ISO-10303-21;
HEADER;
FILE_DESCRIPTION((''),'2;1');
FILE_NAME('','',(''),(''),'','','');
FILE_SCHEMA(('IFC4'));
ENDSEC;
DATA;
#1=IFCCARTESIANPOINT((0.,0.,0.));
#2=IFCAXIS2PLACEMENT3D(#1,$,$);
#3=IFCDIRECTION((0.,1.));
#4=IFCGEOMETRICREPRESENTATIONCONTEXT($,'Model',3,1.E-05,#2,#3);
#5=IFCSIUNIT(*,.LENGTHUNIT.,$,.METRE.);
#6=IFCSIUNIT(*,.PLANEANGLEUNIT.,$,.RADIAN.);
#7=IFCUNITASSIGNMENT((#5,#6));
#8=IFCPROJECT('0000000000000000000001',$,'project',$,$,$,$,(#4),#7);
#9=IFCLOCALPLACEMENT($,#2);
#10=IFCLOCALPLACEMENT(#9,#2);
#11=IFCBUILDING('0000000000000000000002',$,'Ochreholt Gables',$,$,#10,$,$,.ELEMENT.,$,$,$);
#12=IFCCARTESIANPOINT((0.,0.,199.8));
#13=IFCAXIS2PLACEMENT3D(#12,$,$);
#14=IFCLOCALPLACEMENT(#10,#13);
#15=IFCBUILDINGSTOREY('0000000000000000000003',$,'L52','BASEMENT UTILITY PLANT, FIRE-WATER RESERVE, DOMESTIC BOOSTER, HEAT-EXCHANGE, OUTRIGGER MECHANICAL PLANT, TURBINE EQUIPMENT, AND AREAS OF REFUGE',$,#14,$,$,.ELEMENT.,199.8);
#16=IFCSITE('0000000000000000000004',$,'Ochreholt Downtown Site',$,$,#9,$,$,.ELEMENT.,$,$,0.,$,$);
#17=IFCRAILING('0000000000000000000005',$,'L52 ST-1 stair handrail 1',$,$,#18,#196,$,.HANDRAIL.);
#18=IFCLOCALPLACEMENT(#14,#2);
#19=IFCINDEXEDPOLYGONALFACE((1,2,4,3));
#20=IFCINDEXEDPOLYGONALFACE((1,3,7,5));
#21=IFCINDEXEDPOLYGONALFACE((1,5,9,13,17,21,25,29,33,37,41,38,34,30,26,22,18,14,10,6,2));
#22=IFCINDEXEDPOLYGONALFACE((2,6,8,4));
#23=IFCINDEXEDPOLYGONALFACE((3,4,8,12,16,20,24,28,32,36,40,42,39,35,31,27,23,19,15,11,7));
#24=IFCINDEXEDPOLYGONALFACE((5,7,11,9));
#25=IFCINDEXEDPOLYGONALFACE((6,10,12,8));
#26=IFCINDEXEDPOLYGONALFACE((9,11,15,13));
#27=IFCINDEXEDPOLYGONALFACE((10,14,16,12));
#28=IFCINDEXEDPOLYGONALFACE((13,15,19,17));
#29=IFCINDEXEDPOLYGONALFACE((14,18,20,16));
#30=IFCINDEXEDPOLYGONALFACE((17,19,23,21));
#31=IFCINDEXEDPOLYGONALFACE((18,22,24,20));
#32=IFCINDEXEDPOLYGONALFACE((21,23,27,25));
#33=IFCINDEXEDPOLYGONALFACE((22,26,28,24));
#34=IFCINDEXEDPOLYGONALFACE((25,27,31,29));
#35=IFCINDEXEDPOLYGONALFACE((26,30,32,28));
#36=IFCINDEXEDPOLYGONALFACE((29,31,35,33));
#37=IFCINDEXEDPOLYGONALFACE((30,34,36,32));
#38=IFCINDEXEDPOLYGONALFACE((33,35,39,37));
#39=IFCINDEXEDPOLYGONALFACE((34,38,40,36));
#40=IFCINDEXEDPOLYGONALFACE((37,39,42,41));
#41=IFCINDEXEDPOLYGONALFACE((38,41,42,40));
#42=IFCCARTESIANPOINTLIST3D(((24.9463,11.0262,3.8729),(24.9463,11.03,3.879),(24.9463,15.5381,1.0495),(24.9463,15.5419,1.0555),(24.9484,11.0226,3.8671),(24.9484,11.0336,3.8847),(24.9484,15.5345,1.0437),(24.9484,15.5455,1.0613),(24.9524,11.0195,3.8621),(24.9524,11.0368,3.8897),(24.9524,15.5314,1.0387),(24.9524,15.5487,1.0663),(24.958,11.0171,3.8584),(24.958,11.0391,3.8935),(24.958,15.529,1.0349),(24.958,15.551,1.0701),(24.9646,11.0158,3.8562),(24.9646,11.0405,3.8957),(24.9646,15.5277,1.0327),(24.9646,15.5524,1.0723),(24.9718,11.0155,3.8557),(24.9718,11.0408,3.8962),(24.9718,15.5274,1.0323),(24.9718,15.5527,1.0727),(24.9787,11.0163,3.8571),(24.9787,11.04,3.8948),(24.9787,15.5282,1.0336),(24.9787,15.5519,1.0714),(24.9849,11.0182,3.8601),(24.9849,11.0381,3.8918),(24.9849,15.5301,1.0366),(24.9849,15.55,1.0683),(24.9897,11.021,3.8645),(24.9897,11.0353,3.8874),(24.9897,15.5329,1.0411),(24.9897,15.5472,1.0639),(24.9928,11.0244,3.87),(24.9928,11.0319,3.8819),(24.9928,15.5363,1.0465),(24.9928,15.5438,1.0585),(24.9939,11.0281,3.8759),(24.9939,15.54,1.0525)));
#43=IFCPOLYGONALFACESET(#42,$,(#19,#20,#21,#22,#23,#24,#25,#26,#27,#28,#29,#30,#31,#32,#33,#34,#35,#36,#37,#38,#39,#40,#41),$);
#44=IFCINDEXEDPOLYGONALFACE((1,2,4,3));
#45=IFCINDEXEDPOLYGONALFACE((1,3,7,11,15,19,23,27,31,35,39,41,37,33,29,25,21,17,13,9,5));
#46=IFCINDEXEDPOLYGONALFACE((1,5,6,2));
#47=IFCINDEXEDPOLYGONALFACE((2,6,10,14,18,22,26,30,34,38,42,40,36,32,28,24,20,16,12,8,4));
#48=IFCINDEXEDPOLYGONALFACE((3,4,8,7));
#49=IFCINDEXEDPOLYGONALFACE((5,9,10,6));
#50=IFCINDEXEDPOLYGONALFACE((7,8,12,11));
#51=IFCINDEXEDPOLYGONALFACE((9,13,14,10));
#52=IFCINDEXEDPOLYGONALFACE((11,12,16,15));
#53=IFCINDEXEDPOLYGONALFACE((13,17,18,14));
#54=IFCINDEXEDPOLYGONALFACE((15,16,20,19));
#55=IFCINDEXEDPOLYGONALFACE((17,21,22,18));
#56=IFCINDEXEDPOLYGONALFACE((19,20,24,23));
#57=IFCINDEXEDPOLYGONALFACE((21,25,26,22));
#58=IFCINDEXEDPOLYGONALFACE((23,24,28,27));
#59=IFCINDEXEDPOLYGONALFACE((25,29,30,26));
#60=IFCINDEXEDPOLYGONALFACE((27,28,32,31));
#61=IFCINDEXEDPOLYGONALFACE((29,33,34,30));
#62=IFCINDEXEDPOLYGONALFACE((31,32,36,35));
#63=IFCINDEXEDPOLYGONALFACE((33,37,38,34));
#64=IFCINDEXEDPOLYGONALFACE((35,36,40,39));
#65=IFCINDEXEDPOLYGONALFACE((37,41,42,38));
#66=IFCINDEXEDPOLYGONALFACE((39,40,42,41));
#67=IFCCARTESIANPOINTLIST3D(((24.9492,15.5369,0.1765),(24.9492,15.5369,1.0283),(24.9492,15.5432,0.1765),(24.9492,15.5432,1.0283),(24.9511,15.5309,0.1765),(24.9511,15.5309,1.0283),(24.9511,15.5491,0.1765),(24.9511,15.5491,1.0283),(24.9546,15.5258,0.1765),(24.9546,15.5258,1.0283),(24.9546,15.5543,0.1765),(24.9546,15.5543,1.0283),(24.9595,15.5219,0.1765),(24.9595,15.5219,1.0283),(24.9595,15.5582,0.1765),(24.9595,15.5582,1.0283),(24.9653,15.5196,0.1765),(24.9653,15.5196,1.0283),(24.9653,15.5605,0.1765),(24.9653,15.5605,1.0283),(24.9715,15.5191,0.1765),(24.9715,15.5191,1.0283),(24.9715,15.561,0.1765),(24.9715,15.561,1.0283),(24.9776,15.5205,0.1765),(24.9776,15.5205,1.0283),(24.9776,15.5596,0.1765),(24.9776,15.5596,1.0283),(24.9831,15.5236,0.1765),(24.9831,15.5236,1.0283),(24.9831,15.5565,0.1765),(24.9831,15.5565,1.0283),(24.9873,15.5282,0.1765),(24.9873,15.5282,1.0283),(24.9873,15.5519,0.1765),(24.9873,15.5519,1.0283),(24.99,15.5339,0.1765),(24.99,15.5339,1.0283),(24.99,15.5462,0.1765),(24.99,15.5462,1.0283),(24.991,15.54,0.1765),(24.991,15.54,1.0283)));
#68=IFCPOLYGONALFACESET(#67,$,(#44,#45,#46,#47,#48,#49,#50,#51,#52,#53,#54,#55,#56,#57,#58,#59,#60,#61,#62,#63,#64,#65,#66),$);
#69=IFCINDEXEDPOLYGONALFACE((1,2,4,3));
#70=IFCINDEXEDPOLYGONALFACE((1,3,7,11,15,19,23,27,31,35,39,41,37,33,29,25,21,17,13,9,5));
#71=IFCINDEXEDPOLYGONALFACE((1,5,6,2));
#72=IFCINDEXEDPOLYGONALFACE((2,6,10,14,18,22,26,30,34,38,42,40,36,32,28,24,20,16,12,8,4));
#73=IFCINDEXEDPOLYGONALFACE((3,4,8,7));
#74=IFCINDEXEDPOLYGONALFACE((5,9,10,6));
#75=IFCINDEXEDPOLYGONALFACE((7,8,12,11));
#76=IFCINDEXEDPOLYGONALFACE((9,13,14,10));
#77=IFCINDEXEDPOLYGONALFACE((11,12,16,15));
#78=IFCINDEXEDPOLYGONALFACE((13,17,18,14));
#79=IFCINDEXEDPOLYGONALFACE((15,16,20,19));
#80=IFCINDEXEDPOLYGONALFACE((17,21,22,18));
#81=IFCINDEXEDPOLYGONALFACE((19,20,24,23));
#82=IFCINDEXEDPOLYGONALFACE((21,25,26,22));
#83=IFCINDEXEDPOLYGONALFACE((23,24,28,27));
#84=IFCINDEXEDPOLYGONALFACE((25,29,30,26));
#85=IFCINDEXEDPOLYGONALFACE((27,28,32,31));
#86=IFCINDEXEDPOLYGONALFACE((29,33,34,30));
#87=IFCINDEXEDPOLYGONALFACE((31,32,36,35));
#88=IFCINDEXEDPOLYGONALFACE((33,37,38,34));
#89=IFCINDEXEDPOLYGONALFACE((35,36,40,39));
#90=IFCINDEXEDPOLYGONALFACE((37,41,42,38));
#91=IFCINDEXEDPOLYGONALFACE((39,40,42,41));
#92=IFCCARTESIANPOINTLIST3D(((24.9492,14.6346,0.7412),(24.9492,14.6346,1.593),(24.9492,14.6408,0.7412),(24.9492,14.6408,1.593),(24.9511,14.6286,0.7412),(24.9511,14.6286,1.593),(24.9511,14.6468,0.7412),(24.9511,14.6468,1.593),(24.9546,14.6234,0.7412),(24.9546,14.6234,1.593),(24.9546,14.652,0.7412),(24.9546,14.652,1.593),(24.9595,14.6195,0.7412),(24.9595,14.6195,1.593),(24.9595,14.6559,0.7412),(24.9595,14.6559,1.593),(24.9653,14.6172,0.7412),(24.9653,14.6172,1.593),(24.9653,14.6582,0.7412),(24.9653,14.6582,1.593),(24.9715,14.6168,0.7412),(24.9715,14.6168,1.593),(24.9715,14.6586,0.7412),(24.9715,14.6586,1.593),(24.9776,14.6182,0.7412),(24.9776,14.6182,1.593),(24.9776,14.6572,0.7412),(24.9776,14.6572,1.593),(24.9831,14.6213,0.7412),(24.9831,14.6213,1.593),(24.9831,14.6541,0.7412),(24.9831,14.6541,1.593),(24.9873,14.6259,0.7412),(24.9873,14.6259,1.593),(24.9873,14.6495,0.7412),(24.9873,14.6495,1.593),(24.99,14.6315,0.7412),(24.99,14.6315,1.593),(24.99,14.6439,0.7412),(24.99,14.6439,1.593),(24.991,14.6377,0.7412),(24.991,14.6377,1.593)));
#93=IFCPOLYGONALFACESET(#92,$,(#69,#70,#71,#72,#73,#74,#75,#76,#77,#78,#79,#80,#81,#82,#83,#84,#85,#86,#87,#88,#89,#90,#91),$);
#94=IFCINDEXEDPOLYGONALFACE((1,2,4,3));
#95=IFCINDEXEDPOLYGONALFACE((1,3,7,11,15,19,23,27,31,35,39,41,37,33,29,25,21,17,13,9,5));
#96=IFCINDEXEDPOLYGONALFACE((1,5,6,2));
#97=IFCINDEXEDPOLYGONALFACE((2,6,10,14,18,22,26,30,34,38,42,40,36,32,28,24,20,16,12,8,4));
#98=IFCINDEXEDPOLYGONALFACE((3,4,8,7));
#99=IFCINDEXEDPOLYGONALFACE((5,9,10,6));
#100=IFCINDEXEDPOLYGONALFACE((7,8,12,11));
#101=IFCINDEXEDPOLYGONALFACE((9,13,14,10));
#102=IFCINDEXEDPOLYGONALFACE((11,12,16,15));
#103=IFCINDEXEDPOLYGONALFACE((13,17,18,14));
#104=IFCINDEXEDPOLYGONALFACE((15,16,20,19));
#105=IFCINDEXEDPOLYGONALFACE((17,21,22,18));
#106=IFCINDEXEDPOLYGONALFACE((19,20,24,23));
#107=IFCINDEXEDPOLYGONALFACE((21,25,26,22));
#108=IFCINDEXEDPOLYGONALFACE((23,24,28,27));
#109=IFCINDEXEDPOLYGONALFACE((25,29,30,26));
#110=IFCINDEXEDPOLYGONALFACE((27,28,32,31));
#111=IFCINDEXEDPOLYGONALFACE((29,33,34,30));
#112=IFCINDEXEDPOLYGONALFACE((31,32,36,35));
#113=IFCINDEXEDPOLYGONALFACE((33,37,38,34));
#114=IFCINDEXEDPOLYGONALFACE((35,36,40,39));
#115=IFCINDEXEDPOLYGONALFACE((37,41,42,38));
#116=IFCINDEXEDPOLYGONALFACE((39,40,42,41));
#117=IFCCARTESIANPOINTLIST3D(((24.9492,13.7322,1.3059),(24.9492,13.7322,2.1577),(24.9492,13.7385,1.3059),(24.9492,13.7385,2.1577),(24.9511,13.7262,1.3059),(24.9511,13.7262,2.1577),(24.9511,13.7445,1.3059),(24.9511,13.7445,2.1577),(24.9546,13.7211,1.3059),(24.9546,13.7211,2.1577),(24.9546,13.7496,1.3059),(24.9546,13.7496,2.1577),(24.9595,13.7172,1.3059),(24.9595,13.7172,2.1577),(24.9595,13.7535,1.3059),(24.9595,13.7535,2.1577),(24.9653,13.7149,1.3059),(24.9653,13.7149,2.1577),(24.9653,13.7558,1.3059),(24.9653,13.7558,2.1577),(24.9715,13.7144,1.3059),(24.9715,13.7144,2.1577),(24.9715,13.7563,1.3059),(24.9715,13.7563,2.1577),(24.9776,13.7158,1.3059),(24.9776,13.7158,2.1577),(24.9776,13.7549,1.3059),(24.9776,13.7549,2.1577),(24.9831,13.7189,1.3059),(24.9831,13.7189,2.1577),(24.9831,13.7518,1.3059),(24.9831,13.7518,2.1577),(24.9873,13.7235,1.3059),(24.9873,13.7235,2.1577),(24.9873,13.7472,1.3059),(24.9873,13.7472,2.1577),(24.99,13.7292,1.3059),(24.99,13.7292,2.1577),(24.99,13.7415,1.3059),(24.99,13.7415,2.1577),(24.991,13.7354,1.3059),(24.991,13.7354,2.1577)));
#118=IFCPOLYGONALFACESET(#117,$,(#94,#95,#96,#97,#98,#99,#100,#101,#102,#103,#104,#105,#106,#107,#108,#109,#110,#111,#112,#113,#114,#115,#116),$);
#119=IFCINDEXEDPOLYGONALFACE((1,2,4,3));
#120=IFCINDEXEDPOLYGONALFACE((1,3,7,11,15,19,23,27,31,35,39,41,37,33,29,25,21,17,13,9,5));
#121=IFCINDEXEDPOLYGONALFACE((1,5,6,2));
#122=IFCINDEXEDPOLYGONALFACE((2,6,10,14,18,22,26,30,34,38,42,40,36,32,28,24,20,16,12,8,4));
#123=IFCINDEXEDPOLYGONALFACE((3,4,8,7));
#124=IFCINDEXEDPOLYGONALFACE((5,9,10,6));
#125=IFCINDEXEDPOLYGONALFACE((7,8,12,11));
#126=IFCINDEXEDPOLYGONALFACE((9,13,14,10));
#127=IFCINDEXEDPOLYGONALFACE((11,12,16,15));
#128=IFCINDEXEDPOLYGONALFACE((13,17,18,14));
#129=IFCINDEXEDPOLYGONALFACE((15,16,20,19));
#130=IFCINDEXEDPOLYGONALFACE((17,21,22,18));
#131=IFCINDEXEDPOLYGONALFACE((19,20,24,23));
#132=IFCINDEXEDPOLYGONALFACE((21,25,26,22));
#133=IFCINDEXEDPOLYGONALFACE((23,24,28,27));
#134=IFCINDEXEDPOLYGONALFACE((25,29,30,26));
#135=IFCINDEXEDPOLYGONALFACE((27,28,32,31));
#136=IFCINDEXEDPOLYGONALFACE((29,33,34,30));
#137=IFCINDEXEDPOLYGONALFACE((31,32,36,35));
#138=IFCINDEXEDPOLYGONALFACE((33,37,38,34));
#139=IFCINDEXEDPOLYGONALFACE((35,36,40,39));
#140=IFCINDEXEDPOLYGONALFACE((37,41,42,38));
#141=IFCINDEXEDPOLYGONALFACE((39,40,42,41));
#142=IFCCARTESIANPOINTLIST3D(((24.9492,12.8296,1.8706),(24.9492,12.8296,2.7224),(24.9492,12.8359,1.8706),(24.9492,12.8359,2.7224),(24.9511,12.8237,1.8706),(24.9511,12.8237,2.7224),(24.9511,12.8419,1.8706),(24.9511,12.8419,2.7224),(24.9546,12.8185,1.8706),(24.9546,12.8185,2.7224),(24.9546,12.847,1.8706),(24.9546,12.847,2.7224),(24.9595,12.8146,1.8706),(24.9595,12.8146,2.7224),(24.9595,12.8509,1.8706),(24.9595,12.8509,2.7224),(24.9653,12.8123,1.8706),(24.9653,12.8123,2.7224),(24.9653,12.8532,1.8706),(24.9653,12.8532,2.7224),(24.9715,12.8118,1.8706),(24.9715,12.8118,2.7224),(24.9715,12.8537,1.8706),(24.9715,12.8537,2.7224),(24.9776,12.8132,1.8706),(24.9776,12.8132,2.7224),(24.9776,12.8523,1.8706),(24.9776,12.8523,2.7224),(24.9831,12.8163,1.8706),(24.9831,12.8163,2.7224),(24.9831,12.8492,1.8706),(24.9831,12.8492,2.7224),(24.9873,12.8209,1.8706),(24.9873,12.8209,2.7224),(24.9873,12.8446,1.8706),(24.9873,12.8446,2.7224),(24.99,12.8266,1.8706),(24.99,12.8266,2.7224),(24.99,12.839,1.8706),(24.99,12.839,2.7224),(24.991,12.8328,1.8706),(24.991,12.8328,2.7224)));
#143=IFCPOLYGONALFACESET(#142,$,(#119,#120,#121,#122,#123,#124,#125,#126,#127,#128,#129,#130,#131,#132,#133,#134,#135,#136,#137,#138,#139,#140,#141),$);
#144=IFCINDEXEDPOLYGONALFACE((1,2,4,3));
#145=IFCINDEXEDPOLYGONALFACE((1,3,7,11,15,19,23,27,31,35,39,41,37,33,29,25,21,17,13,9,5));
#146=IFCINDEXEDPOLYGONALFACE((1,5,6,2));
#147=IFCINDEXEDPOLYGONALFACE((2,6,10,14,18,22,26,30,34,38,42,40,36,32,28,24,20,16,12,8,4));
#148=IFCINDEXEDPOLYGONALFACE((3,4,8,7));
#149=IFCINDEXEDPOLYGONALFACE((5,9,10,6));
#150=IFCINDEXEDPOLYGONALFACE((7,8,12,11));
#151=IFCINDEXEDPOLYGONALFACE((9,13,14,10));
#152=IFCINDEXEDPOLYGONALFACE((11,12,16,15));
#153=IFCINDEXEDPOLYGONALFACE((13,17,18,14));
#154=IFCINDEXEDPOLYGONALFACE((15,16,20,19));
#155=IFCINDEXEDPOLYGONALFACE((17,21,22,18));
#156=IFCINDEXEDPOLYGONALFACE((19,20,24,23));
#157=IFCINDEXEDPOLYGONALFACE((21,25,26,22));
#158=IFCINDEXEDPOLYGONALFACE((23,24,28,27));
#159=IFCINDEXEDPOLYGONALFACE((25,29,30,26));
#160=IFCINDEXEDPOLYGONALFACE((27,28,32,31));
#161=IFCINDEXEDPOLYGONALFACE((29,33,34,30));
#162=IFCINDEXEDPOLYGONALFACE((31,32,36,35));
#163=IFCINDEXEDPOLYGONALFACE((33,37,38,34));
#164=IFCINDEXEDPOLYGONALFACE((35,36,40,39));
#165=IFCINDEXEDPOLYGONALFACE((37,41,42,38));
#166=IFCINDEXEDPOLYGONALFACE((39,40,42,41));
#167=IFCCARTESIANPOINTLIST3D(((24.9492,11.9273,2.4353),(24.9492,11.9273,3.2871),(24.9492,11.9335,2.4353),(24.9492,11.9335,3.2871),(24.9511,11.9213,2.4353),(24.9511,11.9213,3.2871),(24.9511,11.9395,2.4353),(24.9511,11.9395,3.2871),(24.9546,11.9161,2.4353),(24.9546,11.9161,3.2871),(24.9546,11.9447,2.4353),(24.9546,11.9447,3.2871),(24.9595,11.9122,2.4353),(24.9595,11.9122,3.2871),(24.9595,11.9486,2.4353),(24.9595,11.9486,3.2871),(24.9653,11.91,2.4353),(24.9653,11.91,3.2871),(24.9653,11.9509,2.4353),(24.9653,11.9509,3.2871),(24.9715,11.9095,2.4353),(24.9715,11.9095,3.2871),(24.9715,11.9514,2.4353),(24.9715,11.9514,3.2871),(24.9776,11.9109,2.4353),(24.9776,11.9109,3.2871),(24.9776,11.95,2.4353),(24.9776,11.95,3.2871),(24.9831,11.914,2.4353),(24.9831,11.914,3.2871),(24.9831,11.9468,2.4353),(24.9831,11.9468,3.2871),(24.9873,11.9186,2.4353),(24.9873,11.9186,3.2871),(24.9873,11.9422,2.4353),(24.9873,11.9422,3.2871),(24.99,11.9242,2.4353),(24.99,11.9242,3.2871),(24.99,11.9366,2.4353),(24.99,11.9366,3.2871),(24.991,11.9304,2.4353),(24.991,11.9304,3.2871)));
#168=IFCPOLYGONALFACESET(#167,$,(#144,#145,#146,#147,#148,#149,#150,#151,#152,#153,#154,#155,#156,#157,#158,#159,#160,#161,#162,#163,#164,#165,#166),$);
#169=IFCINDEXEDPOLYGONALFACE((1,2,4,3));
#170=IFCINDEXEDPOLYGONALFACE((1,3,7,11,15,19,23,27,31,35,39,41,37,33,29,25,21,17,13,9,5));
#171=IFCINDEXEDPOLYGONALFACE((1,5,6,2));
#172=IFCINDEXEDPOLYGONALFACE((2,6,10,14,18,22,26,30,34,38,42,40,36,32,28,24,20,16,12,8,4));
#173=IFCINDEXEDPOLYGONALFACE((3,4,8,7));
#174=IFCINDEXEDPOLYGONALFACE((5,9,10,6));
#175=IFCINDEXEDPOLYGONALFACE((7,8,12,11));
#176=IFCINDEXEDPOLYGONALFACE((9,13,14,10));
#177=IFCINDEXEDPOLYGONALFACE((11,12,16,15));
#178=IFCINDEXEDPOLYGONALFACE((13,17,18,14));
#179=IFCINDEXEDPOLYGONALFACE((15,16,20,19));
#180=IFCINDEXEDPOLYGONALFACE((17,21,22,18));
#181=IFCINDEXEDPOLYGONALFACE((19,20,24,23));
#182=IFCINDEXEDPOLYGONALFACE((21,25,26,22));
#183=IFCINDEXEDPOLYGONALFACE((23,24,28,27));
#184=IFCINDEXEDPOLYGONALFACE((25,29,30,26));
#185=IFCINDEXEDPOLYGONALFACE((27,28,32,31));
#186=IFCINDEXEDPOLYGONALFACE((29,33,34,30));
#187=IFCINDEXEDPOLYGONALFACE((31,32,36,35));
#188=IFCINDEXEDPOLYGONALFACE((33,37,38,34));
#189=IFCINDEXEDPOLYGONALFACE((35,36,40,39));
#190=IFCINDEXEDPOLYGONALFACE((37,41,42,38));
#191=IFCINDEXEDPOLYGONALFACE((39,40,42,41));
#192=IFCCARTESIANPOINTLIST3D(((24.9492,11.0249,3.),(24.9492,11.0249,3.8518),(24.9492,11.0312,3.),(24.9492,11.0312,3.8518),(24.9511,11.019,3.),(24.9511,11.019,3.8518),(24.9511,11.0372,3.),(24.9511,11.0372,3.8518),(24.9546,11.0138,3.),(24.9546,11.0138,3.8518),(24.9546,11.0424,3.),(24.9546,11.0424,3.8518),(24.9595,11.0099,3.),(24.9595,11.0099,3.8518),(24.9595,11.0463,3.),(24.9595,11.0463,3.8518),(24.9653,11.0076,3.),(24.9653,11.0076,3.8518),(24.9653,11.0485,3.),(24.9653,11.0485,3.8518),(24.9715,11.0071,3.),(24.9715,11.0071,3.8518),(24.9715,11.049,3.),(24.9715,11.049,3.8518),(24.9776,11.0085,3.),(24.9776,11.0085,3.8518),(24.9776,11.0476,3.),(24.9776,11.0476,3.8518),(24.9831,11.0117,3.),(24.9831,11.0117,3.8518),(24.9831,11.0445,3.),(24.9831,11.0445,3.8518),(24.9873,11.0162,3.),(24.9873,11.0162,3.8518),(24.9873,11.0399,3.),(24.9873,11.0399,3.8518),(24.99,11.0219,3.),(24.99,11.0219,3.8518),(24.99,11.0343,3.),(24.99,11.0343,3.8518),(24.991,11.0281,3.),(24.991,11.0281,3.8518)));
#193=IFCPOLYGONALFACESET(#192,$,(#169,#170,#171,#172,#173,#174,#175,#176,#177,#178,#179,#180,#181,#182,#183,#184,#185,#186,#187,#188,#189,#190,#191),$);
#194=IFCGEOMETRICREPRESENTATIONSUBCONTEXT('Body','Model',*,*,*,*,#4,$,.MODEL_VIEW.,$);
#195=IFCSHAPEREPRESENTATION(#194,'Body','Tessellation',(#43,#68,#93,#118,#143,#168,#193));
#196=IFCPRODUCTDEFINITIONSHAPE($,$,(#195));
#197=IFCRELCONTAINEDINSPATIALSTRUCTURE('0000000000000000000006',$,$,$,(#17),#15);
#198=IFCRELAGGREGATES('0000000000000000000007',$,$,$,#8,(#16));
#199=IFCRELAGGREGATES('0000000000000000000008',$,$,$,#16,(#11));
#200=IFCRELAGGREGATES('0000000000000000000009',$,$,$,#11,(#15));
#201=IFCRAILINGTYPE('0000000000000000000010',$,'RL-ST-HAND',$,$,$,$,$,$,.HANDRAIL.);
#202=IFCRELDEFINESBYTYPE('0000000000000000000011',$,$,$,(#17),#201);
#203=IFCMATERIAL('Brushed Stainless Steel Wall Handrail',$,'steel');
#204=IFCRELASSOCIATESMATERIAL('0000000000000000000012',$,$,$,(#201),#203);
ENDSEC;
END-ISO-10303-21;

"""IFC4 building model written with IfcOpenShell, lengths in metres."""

from ifc_helpers import new_model, si_unit, direction, frame, origin, origin_2d, place, context, subcontext, project, spatial, circle, extrude, material, type_object, element, save


model = new_model("IFC4")

# Units and contexts
model_context = context("Model", 3, precision=1e-05, world=origin(), true_north=direction((0.0, 1.0)))
body_context = subcontext(model_context, "Body", "Model", "MODEL_VIEW")
ifc_project = project(units=[si_unit("LENGTHUNIT", "METRE"), si_unit("PLANEANGLEUNIT", "RADIAN")], contexts=[model_context])

# Site, building, storey
site_placement = place(None, origin())
site = spatial("IfcSite", under=ifc_project, at=site_placement, Name="Ochreholt Downtown Site", CompositionType="ELEMENT", RefElevation=0.0)
building_placement = place(site_placement, origin())
building = spatial("IfcBuilding", under=site, at=building_placement, Name="Ochreholt Gables", CompositionType="ELEMENT")
storey_placement = place(building_placement, frame((0.0, 0.0, 199.8)))
storey = spatial("IfcBuildingStorey", under=building, at=storey_placement, Name="L52", Description="BASEMENT UTILITY PLANT, FIRE-WATER RESERVE, DOMESTIC BOOSTER, HEAT-EXCHANGE, OUTRIGGER MECHANICAL PLANT, TURBINE EQUIPMENT, AND AREAS OF REFUGE", CompositionType="ELEMENT", Elevation=199.8)

# Railing
ifc_material_1 = material(Name="Brushed Stainless Steel Wall Handrail", Category="steel")
railing_type_1 = type_object("IfcRailingType", Name="RL-ST-HAND", PredefinedType="HANDRAIL", material=ifc_material_1)
railing_1_placement = place(storey_placement, frame((24.97, 15.54, 0.1765)))
element("IfcRailing", 1, at=railing_1_placement, inside=storey, type_object=railing_type_1, Name="L52 ST-1 stair handrail 1", PredefinedType="HANDRAIL", context=body_context, shape_type="SweptSolid", body=[
    extrude(circle(Radius=0.0239, at=origin_2d()), frame((0.0, 0.0, 0.876), z_axis=(0.0, -0.847702, 0.530473), x_axis=(1.0, 0.0, 0.0)), (0.0, 0.0, 1.0), 5.3225),
    extrude(circle(Radius=0.021, at=origin_2d()), origin(), (0.0, 0.0, 1.0), 0.8518),
    extrude(circle(Radius=0.021, at=origin_2d()), frame((0.0, -0.9023, 0.5647)), (0.0, 0.0, 1.0), 0.8518),
    extrude(circle(Radius=0.021, at=origin_2d()), frame((0.0, -1.8047, 1.1294)), (0.0, 0.0, 1.0), 0.8518),
    extrude(circle(Radius=0.021, at=origin_2d()), frame((0.0, -2.7073, 1.6941)), (0.0, 0.0, 1.0), 0.8518),
    extrude(circle(Radius=0.021, at=origin_2d()), frame((0.0, -3.6096, 2.2588)), (0.0, 0.0, 1.0), 0.8518),
    extrude(circle(Radius=0.021, at=origin_2d()), frame((0.0, -4.512, 2.8235)), (0.0, 0.0, 1.0), 0.8518),
])

save(model, "model.ifc")
